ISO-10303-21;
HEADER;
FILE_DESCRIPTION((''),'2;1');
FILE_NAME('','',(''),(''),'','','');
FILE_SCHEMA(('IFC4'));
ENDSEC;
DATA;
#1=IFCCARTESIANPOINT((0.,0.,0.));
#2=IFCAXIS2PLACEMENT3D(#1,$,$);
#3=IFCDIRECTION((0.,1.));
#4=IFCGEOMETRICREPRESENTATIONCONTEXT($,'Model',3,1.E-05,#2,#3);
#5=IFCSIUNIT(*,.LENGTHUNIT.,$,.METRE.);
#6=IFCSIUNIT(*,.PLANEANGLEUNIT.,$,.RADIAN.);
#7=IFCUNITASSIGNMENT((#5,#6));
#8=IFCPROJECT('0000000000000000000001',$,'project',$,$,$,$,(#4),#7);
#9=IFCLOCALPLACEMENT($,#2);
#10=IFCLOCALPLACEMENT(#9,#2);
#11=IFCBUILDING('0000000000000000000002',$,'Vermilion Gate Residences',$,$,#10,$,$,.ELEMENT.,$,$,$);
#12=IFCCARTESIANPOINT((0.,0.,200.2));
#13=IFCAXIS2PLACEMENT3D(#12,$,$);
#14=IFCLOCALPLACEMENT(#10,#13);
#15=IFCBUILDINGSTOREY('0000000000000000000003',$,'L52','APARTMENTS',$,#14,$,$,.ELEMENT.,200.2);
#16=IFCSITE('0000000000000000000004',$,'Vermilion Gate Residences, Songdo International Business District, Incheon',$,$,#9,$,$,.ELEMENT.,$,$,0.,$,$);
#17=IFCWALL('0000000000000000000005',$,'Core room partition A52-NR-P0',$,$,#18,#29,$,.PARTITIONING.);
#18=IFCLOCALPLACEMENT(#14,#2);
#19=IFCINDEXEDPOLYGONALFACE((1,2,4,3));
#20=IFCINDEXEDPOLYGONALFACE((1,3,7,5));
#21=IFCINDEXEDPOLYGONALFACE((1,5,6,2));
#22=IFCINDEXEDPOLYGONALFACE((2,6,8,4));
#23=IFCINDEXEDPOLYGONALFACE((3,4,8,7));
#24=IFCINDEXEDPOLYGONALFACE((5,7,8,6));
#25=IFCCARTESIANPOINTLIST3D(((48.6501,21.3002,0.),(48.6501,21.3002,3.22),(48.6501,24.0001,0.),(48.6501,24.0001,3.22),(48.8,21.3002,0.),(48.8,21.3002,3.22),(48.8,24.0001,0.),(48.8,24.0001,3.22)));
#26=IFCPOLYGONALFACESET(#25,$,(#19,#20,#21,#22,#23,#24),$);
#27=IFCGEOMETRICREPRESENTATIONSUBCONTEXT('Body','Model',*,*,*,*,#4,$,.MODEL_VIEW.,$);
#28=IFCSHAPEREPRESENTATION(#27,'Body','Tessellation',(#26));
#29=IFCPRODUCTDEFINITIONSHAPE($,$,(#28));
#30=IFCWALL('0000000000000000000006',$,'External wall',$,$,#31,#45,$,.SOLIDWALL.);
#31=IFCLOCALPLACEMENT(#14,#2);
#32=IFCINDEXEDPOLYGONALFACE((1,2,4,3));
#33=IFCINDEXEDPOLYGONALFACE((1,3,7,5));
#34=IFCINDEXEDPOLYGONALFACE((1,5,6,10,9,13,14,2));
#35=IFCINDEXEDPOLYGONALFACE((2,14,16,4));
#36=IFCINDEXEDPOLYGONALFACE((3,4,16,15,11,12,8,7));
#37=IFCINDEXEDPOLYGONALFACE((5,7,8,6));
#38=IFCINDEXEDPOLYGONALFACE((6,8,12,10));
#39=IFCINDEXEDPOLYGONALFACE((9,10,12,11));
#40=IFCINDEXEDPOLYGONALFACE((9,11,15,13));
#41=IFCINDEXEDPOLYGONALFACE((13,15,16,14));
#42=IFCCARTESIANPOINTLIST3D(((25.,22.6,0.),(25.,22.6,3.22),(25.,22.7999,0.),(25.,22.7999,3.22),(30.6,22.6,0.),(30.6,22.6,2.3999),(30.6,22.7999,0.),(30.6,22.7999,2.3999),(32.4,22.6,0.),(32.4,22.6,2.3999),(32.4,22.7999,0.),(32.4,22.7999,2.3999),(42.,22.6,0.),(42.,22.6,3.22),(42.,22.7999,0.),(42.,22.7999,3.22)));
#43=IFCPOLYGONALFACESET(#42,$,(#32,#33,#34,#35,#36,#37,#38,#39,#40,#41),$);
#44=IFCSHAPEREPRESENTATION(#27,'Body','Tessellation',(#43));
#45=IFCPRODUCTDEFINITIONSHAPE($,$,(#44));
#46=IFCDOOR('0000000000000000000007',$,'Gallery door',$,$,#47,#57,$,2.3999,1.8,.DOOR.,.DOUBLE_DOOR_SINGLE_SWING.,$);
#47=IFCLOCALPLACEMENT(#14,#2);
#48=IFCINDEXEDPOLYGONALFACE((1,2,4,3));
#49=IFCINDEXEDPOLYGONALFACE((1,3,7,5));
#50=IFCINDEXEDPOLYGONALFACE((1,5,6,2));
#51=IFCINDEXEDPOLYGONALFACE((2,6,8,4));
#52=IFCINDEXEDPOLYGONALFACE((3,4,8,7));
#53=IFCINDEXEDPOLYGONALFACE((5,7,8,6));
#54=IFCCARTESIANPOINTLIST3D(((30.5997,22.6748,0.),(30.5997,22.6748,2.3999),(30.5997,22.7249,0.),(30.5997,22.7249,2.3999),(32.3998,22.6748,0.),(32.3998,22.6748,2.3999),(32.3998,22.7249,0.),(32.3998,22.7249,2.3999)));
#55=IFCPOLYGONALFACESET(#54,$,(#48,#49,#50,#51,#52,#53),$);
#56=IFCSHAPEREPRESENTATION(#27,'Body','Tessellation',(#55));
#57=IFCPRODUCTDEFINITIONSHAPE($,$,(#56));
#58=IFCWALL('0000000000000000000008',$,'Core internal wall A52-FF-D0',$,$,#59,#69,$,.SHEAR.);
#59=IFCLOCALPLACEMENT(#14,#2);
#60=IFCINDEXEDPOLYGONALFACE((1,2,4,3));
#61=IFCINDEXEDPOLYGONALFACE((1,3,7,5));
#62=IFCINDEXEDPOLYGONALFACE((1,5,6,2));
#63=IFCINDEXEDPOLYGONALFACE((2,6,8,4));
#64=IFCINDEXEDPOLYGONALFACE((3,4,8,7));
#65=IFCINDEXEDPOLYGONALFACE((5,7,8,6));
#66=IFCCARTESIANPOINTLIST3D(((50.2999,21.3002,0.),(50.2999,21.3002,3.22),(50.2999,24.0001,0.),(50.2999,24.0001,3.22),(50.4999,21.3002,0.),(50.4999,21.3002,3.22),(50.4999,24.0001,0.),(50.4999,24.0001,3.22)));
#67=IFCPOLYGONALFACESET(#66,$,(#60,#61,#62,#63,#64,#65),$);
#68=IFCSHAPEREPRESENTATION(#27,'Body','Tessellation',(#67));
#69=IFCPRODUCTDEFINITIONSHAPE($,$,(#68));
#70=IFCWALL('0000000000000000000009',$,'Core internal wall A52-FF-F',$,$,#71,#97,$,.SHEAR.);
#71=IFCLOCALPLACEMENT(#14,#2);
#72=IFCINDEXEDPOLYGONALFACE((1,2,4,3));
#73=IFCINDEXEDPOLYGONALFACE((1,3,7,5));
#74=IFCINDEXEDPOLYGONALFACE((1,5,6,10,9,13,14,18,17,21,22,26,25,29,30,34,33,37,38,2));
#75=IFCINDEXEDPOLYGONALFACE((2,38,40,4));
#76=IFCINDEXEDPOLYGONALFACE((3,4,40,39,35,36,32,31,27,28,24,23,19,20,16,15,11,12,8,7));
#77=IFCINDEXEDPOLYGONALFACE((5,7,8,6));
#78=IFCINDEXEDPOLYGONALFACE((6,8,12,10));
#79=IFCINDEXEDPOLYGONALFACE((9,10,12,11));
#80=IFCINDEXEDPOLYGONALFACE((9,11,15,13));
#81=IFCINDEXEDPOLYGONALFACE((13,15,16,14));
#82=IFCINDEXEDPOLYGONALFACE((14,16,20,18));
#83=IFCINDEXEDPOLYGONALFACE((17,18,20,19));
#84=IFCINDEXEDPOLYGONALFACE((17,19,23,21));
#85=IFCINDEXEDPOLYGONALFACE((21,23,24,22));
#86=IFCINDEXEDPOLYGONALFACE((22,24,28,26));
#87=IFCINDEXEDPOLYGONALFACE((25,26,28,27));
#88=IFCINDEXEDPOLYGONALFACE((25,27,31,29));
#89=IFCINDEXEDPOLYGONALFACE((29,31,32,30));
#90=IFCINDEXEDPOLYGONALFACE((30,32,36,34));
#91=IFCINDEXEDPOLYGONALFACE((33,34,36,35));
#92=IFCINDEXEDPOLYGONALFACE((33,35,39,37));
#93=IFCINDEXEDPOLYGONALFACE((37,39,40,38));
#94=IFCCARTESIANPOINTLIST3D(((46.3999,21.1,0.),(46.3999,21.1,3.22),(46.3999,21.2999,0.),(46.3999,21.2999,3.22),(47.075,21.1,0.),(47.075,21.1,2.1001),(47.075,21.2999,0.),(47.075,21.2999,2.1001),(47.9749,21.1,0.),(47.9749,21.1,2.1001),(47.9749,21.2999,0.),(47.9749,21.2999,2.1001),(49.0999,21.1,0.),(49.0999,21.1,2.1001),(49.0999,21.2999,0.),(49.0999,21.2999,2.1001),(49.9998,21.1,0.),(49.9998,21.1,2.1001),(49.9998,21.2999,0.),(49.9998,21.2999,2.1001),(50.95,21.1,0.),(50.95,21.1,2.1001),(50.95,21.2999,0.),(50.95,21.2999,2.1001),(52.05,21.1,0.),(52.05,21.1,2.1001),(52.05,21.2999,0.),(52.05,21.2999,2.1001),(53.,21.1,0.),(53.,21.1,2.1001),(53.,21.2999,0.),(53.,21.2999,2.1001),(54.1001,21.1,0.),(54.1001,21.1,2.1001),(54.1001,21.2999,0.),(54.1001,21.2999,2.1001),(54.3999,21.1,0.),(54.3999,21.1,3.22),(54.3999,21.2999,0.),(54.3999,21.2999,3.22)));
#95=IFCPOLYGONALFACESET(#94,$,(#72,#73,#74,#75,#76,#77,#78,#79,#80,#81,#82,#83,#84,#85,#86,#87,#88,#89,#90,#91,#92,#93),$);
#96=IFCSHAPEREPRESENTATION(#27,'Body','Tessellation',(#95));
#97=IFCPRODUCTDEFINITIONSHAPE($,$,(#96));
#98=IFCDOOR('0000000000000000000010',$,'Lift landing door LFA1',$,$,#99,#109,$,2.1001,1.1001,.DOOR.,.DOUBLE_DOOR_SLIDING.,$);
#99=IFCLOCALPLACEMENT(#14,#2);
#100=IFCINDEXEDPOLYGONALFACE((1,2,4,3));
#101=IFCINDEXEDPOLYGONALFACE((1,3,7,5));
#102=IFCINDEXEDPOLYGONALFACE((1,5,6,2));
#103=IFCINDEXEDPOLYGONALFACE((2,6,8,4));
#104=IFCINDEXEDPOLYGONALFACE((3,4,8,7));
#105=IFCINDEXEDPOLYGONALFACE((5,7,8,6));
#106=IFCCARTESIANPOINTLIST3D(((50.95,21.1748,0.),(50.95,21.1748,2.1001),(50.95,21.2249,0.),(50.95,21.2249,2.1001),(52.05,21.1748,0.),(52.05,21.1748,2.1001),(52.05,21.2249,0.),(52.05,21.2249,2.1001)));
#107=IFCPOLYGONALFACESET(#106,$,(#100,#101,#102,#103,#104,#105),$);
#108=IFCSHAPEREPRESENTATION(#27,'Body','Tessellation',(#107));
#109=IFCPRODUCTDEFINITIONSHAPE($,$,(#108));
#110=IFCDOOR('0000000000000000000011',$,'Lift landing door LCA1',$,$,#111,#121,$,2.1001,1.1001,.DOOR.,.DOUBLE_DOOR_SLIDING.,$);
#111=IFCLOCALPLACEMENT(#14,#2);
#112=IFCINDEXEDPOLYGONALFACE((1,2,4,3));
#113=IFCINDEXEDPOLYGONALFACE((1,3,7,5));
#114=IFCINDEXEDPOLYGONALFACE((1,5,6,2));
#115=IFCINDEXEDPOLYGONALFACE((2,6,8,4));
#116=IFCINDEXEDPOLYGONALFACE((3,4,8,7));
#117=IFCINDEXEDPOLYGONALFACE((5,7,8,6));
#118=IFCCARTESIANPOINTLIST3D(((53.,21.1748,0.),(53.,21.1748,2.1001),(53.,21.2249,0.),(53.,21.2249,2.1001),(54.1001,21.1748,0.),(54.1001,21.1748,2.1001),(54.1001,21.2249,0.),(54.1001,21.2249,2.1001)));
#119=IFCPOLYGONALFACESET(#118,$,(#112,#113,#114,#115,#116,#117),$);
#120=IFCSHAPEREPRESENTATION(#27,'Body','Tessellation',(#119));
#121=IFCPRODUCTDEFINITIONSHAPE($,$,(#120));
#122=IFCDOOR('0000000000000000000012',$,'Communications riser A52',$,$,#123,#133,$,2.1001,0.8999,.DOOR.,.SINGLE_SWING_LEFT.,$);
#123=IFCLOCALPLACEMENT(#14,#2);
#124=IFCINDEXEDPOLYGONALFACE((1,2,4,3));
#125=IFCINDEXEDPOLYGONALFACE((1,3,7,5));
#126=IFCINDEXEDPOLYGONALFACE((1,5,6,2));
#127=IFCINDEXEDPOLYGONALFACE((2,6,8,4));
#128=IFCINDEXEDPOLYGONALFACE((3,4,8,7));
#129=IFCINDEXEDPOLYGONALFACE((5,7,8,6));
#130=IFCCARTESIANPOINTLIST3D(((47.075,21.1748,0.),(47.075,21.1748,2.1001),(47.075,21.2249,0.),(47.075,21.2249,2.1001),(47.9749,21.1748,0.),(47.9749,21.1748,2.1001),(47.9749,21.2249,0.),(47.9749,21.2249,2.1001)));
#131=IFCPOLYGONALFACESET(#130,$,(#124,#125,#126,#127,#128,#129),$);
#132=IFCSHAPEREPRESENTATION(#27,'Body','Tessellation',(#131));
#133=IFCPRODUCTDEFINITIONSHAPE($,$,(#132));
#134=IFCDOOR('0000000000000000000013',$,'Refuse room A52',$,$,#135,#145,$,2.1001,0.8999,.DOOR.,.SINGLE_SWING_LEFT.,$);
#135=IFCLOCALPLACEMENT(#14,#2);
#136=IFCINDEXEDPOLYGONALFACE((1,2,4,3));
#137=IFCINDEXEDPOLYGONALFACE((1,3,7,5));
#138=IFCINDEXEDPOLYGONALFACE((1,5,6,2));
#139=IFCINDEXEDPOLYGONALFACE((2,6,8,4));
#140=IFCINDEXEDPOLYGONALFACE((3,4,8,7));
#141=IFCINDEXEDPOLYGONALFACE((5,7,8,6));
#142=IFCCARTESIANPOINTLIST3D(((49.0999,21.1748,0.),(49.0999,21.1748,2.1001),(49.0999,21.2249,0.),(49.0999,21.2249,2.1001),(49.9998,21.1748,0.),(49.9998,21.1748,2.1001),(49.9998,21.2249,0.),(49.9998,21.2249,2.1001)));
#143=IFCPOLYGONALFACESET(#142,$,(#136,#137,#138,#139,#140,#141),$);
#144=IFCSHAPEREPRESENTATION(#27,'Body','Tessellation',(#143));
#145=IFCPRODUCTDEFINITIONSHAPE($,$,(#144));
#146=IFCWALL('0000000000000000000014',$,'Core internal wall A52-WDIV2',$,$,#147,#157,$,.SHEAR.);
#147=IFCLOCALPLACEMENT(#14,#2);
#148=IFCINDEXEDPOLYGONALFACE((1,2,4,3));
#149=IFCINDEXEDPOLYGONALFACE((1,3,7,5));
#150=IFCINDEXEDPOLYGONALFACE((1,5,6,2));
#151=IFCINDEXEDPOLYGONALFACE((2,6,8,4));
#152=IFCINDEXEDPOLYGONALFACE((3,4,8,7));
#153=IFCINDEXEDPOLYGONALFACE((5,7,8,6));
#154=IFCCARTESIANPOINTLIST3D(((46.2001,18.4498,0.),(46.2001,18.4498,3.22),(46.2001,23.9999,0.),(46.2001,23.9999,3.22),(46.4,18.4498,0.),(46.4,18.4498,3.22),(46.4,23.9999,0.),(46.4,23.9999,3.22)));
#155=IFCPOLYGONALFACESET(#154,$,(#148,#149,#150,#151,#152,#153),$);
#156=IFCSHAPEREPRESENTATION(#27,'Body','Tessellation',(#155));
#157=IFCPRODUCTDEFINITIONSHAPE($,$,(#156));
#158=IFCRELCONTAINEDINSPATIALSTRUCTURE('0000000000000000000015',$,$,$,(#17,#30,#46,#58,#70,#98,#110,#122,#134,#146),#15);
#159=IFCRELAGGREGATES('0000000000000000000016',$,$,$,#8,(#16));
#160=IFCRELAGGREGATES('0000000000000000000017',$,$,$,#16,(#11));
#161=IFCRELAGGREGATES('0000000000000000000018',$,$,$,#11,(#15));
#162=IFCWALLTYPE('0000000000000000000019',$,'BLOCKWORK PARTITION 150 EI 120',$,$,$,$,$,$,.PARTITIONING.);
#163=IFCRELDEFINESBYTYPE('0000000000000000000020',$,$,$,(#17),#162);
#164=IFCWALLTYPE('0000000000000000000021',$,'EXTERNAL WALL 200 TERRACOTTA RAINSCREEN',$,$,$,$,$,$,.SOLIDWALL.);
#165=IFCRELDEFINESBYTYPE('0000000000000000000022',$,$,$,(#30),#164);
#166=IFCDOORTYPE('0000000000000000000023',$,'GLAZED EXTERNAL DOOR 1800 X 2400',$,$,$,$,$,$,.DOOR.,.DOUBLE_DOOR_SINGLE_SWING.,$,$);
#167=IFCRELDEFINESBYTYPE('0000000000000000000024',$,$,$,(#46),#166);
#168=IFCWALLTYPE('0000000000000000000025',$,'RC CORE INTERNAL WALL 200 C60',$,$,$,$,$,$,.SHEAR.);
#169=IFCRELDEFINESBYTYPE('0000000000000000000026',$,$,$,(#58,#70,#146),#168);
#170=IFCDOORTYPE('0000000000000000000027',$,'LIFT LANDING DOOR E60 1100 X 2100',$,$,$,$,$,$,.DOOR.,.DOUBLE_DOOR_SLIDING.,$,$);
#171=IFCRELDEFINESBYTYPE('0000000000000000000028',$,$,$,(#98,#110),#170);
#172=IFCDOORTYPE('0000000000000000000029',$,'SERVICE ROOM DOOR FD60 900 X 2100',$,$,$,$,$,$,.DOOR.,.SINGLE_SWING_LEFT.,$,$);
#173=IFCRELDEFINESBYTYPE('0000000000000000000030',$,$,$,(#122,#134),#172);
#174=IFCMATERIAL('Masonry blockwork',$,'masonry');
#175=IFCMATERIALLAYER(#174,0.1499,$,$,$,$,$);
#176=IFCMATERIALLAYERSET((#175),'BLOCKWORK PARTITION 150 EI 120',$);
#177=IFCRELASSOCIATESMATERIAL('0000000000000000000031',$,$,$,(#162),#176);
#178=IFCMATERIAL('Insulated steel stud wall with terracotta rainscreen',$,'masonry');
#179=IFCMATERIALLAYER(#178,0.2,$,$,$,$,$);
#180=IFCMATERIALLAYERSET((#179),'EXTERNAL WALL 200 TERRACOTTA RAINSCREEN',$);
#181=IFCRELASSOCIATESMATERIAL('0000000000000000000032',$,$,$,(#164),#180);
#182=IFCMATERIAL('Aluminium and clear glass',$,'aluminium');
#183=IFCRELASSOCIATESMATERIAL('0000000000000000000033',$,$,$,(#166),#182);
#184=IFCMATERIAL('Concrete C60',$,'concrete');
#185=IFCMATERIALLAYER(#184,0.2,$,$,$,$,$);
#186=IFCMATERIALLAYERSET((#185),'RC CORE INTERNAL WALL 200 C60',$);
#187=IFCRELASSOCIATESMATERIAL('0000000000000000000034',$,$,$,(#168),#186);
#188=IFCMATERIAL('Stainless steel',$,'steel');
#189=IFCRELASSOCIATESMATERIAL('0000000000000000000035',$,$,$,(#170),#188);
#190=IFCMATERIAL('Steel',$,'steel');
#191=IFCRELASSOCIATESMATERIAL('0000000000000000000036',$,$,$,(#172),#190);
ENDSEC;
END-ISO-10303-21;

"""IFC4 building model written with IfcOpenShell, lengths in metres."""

from ifc_helpers import new_model, si_unit, direction, frame, frame_2d, origin, place, context, subcontext, project, spatial, rectangle, extrude, material, layer, layer_set, type_object, element, fill, save


model = new_model("IFC4")

# Units and contexts
model_context = context("Model", 3, precision=1e-05, world=origin(), true_north=direction((0.0, 1.0)))
body_context = subcontext(model_context, "Body", "Model", "MODEL_VIEW")
ifc_project = project(units=[si_unit("LENGTHUNIT", "METRE"), si_unit("PLANEANGLEUNIT", "RADIAN")], contexts=[model_context])

# Site, building, storey
site_placement = place(None, origin())
site = spatial("IfcSite", under=ifc_project, at=site_placement, Name="Vermilion Gate Residences, Songdo International Business District, Incheon", CompositionType="ELEMENT", RefElevation=0.0)
building_placement = place(site_placement, origin())
building = spatial("IfcBuilding", under=site, at=building_placement, Name="Vermilion Gate Residences", CompositionType="ELEMENT")
storey_placement = place(building_placement, frame((0.0, 0.0, 200.2)))
storey = spatial("IfcBuildingStorey", under=building, at=storey_placement, Name="L52", Description="APARTMENTS", CompositionType="ELEMENT", Elevation=200.2)

# Wall
ifc_material_1 = material(Name="Masonry blockwork", Category="masonry")
ifc_layer_1 = layer(ifc_material_1, 0.1499)
ifc_layer_set_1 = layer_set([ifc_layer_1], Name="BLOCKWORK PARTITION 150 EI 120")
wall_type_1 = type_object("IfcWallType", Name="BLOCKWORK PARTITION 150 EI 120", PredefinedType="PARTITIONING", material=ifc_layer_set_1)
wall_1_placement = place(storey_placement, frame((48.7251, 21.3, 0.0), z_axis=(0.0, 0.0, 1.0), x_axis=(0.0, 1.0, 0.0)))
element("IfcWall", 1, at=wall_1_placement, inside=storey, type_object=wall_type_1, Name="Core room partition A52-NR-P0", PredefinedType="PARTITIONING", context=body_context, shape_type="SweptSolid", body=[
    extrude(rectangle(XDim=2.7, YDim=0.1499, at=frame_2d((1.3501, 0.0))), origin(), (0.0, 0.0, 1.0), 3.22),
])

# Wall, opening, door
ifc_material_2 = material(Name="Insulated steel stud wall with terracotta rainscreen", Category="masonry")
ifc_layer_2 = layer(ifc_material_2, 0.2)
ifc_layer_set_2 = layer_set([ifc_layer_2], Name="EXTERNAL WALL 200 TERRACOTTA RAINSCREEN")
wall_type_2 = type_object("IfcWallType", Name="EXTERNAL WALL 200 TERRACOTTA RAINSCREEN", PredefinedType="SOLIDWALL", material=ifc_layer_set_2)
wall_2_placement = place(storey_placement, frame((42.0, 22.7, 0.0), z_axis=(0.0, 0.0, 1.0), x_axis=(-1.0, 0.0, 0.0)))
wall_2 = element("IfcWall", 2, at=wall_2_placement, inside=storey, type_object=wall_type_2, Name="External wall", PredefinedType="SOLIDWALL", context=body_context, shape_type="SweptSolid", body=[
    extrude(rectangle(XDim=17.0, YDim=0.2, at=frame_2d((8.5, 0.0))), origin(), (0.0, 0.0, 1.0), 3.22),
])
opening_1_placement = place(wall_2_placement, frame((9.6001, 0.0, 0.0)))
opening_1 = element("IfcOpeningElement", 3, at=opening_1_placement, cuts=wall_2, PredefinedType="OPENING", context=body_context, shape_type="SweptSolid", body=[
    extrude(rectangle(XDim=1.8, YDim=2.3999, at=frame_2d((0.8999, 1.2))), frame((0.0, 0.1099, 0.0), z_axis=(0.0, -1.0, 0.0), x_axis=(1.0, 0.0, 0.0)), (0.0, 0.0, 1.0), 0.22),
])
ifc_material_3 = material(Name="Aluminium and clear glass", Category="aluminium")
door_type_1 = type_object("IfcDoorType", Name="GLAZED EXTERNAL DOOR 1800 X 2400", OperationType="DOUBLE_DOOR_SINGLE_SWING", PredefinedType="DOOR", material=ifc_material_3)
door_1_placement = place(opening_1_placement, frame((1.8, 0.0, 0.0), z_axis=(0.0, 0.0, 1.0), x_axis=(-1.0, 0.0, 0.0)))
door_1 = element("IfcDoor", 4, at=door_1_placement, inside=storey, type_object=door_type_1, Name="Gallery door", OperationType="DOUBLE_DOOR_SINGLE_SWING", OverallHeight=2.3999, OverallWidth=1.8, PredefinedType="DOOR", context=body_context, shape_type="SweptSolid", body=[
    extrude(rectangle(XDim=1.8, YDim=2.3999, at=frame_2d((0.8999, 1.2))), frame((0.0, 0.0249, 0.0), z_axis=(0.0, -1.0, 0.0), x_axis=(1.0, 0.0, 0.0)), (0.0, 0.0, 1.0), 0.05),
])
fill(opening_1, door_1)

# Wall
ifc_material_4 = material(Name="Concrete C60", Category="concrete")
ifc_layer_3 = layer(ifc_material_4, 0.2)
ifc_layer_set_3 = layer_set([ifc_layer_3], Name="RC CORE INTERNAL WALL 200 C60")
wall_type_3 = type_object("IfcWallType", Name="RC CORE INTERNAL WALL 200 C60", PredefinedType="SHEAR", material=ifc_layer_set_3)
wall_3_placement = place(storey_placement, frame((50.3999, 21.3, 0.0), z_axis=(0.0, 0.0, 1.0), x_axis=(0.0, 1.0, 0.0)))
element("IfcWall", 5, at=wall_3_placement, inside=storey, type_object=wall_type_3, Name="Core internal wall A52-FF-D0", PredefinedType="SHEAR", context=body_context, shape_type="SweptSolid", body=[
    extrude(rectangle(XDim=2.7, YDim=0.2, at=frame_2d((1.3501, 0.0))), origin(), (0.0, 0.0, 1.0), 3.22),
])

# Wall, openings, doors
wall_4_placement = place(storey_placement, frame((46.3999, 21.2, 0.0), z_axis=(0.0, 0.0, 1.0), x_axis=(1.0, 0.0, 0.0)))
wall_4 = element("IfcWall", 6, at=wall_4_placement, inside=storey, type_object=wall_type_3, Name="Core internal wall A52-FF-F", PredefinedType="SHEAR", context=body_context, shape_type="SweptSolid", body=[
    extrude(rectangle(XDim=8.0, YDim=0.2, at=frame_2d((4.0, 0.0))), origin(), (0.0, 0.0, 1.0), 3.22),
])
opening_2_placement = place(wall_4_placement, frame((0.675, 0.0, 0.0)))
opening_2 = element("IfcOpeningElement", 7, at=opening_2_placement, cuts=wall_4, PredefinedType="OPENING", context=body_context, shape_type="SweptSolid", body=[
    extrude(rectangle(XDim=0.8999, YDim=2.1001, at=frame_2d((0.45, 1.05))), frame((0.0, 0.1099, 0.0), z_axis=(0.0, -1.0, 0.0), x_axis=(1.0, 0.0, 0.0)), (0.0, 0.0, 1.0), 0.22),
])
opening_3_placement = place(wall_4_placement, frame((2.7, 0.0, 0.0)))
opening_3 = element("IfcOpeningElement", 8, at=opening_3_placement, cuts=wall_4, PredefinedType="OPENING", context=body_context, shape_type="SweptSolid", body=[
    extrude(rectangle(XDim=0.8999, YDim=2.1001, at=frame_2d((0.45, 1.05))), frame((0.0, 0.1099, 0.0), z_axis=(0.0, -1.0, 0.0), x_axis=(1.0, 0.0, 0.0)), (0.0, 0.0, 1.0), 0.22),
])
opening_4_placement = place(wall_4_placement, frame((4.55, 0.0, 0.0)))
opening_4 = element("IfcOpeningElement", 9, at=opening_4_placement, cuts=wall_4, PredefinedType="OPENING", context=body_context, shape_type="SweptSolid", body=[
    extrude(rectangle(XDim=1.1001, YDim=2.1001, at=frame_2d((0.55, 1.05))), frame((0.0, 0.1099, 0.0), z_axis=(0.0, -1.0, 0.0), x_axis=(1.0, 0.0, 0.0)), (0.0, 0.0, 1.0), 0.22),
])
opening_5_placement = place(wall_4_placement, frame((6.6001, 0.0, 0.0)))
opening_5 = element("IfcOpeningElement", 10, at=opening_5_placement, cuts=wall_4, PredefinedType="OPENING", context=body_context, shape_type="SweptSolid", body=[
    extrude(rectangle(XDim=1.1001, YDim=2.1001, at=frame_2d((0.55, 1.05))), frame((0.0, 0.1099, 0.0), z_axis=(0.0, -1.0, 0.0), x_axis=(1.0, 0.0, 0.0)), (0.0, 0.0, 1.0), 0.22),
])
ifc_material_5 = material(Name="Stainless steel", Category="steel")
door_type_2 = type_object("IfcDoorType", Name="LIFT LANDING DOOR E60 1100 X 2100", OperationType="DOUBLE_DOOR_SLIDING", PredefinedType="DOOR", material=ifc_material_5)
door_2_placement = place(opening_4_placement, origin())
door_2 = element("IfcDoor", 11, at=door_2_placement, inside=storey, type_object=door_type_2, Name="Lift landing door LFA1", OperationType="DOUBLE_DOOR_SLIDING", OverallHeight=2.1001, OverallWidth=1.1001, PredefinedType="DOOR", context=body_context, shape_type="SweptSolid", body=[
    extrude(rectangle(XDim=1.1001, YDim=2.1001, at=frame_2d((0.55, 1.05))), frame((0.0, 0.0249, 0.0), z_axis=(0.0, -1.0, 0.0), x_axis=(1.0, 0.0, 0.0)), (0.0, 0.0, 1.0), 0.05),
])
fill(opening_4, door_2)
door_3_placement = place(opening_5_placement, origin())
door_3 = element("IfcDoor", 12, at=door_3_placement, inside=storey, type_object=door_type_2, Name="Lift landing door LCA1", OperationType="DOUBLE_DOOR_SLIDING", OverallHeight=2.1001, OverallWidth=1.1001, PredefinedType="DOOR", context=body_context, shape_type="SweptSolid", body=[
    extrude(rectangle(XDim=1.1001, YDim=2.1001, at=frame_2d((0.55, 1.05))), frame((0.0, 0.0249, 0.0), z_axis=(0.0, -1.0, 0.0), x_axis=(1.0, 0.0, 0.0)), (0.0, 0.0, 1.0), 0.05),
])
fill(opening_5, door_3)
ifc_material_6 = material(Name="Steel", Category="steel")
door_type_3 = type_object("IfcDoorType", Name="SERVICE ROOM DOOR FD60 900 X 2100", OperationType="SINGLE_SWING_LEFT", PredefinedType="DOOR", material=ifc_material_6)
door_4_placement = place(opening_2_placement, origin())
door_4 = element("IfcDoor", 13, at=door_4_placement, inside=storey, type_object=door_type_3, Name="Communications riser A52", OperationType="SINGLE_SWING_LEFT", OverallHeight=2.1001, OverallWidth=0.8999, PredefinedType="DOOR", context=body_context, shape_type="SweptSolid", body=[
    extrude(rectangle(XDim=0.8999, YDim=2.1001, at=frame_2d((0.45, 1.05))), frame((0.0, 0.0249, 0.0), z_axis=(0.0, -1.0, 0.0), x_axis=(1.0, 0.0, 0.0)), (0.0, 0.0, 1.0), 0.05),
])
fill(opening_2, door_4)
door_5_placement = place(opening_3_placement, origin())
door_5 = element("IfcDoor", 14, at=door_5_placement, inside=storey, type_object=door_type_3, Name="Refuse room A52", OperationType="SINGLE_SWING_LEFT", OverallHeight=2.1001, OverallWidth=0.8999, PredefinedType="DOOR", context=body_context, shape_type="SweptSolid", body=[
    extrude(rectangle(XDim=0.8999, YDim=2.1001, at=frame_2d((0.45, 1.05))), frame((0.0, 0.0249, 0.0), z_axis=(0.0, -1.0, 0.0), x_axis=(1.0, 0.0, 0.0)), (0.0, 0.0, 1.0), 0.05),
])
fill(opening_3, door_5)

# Wall
wall_5_placement = place(storey_placement, frame((46.3, 18.45, 0.0), z_axis=(0.0, 0.0, 1.0), x_axis=(0.0, 1.0, 0.0)))
element("IfcWall", 15, at=wall_5_placement, inside=storey, type_object=wall_type_3, Name="Core internal wall A52-WDIV2", PredefinedType="SHEAR", context=body_context, shape_type="SweptSolid", body=[
    extrude(rectangle(XDim=5.55, YDim=0.2, at=frame_2d((2.7749, 0.0))), origin(), (0.0, 0.0, 1.0), 3.22),
])

save(model, "model.ifc")
